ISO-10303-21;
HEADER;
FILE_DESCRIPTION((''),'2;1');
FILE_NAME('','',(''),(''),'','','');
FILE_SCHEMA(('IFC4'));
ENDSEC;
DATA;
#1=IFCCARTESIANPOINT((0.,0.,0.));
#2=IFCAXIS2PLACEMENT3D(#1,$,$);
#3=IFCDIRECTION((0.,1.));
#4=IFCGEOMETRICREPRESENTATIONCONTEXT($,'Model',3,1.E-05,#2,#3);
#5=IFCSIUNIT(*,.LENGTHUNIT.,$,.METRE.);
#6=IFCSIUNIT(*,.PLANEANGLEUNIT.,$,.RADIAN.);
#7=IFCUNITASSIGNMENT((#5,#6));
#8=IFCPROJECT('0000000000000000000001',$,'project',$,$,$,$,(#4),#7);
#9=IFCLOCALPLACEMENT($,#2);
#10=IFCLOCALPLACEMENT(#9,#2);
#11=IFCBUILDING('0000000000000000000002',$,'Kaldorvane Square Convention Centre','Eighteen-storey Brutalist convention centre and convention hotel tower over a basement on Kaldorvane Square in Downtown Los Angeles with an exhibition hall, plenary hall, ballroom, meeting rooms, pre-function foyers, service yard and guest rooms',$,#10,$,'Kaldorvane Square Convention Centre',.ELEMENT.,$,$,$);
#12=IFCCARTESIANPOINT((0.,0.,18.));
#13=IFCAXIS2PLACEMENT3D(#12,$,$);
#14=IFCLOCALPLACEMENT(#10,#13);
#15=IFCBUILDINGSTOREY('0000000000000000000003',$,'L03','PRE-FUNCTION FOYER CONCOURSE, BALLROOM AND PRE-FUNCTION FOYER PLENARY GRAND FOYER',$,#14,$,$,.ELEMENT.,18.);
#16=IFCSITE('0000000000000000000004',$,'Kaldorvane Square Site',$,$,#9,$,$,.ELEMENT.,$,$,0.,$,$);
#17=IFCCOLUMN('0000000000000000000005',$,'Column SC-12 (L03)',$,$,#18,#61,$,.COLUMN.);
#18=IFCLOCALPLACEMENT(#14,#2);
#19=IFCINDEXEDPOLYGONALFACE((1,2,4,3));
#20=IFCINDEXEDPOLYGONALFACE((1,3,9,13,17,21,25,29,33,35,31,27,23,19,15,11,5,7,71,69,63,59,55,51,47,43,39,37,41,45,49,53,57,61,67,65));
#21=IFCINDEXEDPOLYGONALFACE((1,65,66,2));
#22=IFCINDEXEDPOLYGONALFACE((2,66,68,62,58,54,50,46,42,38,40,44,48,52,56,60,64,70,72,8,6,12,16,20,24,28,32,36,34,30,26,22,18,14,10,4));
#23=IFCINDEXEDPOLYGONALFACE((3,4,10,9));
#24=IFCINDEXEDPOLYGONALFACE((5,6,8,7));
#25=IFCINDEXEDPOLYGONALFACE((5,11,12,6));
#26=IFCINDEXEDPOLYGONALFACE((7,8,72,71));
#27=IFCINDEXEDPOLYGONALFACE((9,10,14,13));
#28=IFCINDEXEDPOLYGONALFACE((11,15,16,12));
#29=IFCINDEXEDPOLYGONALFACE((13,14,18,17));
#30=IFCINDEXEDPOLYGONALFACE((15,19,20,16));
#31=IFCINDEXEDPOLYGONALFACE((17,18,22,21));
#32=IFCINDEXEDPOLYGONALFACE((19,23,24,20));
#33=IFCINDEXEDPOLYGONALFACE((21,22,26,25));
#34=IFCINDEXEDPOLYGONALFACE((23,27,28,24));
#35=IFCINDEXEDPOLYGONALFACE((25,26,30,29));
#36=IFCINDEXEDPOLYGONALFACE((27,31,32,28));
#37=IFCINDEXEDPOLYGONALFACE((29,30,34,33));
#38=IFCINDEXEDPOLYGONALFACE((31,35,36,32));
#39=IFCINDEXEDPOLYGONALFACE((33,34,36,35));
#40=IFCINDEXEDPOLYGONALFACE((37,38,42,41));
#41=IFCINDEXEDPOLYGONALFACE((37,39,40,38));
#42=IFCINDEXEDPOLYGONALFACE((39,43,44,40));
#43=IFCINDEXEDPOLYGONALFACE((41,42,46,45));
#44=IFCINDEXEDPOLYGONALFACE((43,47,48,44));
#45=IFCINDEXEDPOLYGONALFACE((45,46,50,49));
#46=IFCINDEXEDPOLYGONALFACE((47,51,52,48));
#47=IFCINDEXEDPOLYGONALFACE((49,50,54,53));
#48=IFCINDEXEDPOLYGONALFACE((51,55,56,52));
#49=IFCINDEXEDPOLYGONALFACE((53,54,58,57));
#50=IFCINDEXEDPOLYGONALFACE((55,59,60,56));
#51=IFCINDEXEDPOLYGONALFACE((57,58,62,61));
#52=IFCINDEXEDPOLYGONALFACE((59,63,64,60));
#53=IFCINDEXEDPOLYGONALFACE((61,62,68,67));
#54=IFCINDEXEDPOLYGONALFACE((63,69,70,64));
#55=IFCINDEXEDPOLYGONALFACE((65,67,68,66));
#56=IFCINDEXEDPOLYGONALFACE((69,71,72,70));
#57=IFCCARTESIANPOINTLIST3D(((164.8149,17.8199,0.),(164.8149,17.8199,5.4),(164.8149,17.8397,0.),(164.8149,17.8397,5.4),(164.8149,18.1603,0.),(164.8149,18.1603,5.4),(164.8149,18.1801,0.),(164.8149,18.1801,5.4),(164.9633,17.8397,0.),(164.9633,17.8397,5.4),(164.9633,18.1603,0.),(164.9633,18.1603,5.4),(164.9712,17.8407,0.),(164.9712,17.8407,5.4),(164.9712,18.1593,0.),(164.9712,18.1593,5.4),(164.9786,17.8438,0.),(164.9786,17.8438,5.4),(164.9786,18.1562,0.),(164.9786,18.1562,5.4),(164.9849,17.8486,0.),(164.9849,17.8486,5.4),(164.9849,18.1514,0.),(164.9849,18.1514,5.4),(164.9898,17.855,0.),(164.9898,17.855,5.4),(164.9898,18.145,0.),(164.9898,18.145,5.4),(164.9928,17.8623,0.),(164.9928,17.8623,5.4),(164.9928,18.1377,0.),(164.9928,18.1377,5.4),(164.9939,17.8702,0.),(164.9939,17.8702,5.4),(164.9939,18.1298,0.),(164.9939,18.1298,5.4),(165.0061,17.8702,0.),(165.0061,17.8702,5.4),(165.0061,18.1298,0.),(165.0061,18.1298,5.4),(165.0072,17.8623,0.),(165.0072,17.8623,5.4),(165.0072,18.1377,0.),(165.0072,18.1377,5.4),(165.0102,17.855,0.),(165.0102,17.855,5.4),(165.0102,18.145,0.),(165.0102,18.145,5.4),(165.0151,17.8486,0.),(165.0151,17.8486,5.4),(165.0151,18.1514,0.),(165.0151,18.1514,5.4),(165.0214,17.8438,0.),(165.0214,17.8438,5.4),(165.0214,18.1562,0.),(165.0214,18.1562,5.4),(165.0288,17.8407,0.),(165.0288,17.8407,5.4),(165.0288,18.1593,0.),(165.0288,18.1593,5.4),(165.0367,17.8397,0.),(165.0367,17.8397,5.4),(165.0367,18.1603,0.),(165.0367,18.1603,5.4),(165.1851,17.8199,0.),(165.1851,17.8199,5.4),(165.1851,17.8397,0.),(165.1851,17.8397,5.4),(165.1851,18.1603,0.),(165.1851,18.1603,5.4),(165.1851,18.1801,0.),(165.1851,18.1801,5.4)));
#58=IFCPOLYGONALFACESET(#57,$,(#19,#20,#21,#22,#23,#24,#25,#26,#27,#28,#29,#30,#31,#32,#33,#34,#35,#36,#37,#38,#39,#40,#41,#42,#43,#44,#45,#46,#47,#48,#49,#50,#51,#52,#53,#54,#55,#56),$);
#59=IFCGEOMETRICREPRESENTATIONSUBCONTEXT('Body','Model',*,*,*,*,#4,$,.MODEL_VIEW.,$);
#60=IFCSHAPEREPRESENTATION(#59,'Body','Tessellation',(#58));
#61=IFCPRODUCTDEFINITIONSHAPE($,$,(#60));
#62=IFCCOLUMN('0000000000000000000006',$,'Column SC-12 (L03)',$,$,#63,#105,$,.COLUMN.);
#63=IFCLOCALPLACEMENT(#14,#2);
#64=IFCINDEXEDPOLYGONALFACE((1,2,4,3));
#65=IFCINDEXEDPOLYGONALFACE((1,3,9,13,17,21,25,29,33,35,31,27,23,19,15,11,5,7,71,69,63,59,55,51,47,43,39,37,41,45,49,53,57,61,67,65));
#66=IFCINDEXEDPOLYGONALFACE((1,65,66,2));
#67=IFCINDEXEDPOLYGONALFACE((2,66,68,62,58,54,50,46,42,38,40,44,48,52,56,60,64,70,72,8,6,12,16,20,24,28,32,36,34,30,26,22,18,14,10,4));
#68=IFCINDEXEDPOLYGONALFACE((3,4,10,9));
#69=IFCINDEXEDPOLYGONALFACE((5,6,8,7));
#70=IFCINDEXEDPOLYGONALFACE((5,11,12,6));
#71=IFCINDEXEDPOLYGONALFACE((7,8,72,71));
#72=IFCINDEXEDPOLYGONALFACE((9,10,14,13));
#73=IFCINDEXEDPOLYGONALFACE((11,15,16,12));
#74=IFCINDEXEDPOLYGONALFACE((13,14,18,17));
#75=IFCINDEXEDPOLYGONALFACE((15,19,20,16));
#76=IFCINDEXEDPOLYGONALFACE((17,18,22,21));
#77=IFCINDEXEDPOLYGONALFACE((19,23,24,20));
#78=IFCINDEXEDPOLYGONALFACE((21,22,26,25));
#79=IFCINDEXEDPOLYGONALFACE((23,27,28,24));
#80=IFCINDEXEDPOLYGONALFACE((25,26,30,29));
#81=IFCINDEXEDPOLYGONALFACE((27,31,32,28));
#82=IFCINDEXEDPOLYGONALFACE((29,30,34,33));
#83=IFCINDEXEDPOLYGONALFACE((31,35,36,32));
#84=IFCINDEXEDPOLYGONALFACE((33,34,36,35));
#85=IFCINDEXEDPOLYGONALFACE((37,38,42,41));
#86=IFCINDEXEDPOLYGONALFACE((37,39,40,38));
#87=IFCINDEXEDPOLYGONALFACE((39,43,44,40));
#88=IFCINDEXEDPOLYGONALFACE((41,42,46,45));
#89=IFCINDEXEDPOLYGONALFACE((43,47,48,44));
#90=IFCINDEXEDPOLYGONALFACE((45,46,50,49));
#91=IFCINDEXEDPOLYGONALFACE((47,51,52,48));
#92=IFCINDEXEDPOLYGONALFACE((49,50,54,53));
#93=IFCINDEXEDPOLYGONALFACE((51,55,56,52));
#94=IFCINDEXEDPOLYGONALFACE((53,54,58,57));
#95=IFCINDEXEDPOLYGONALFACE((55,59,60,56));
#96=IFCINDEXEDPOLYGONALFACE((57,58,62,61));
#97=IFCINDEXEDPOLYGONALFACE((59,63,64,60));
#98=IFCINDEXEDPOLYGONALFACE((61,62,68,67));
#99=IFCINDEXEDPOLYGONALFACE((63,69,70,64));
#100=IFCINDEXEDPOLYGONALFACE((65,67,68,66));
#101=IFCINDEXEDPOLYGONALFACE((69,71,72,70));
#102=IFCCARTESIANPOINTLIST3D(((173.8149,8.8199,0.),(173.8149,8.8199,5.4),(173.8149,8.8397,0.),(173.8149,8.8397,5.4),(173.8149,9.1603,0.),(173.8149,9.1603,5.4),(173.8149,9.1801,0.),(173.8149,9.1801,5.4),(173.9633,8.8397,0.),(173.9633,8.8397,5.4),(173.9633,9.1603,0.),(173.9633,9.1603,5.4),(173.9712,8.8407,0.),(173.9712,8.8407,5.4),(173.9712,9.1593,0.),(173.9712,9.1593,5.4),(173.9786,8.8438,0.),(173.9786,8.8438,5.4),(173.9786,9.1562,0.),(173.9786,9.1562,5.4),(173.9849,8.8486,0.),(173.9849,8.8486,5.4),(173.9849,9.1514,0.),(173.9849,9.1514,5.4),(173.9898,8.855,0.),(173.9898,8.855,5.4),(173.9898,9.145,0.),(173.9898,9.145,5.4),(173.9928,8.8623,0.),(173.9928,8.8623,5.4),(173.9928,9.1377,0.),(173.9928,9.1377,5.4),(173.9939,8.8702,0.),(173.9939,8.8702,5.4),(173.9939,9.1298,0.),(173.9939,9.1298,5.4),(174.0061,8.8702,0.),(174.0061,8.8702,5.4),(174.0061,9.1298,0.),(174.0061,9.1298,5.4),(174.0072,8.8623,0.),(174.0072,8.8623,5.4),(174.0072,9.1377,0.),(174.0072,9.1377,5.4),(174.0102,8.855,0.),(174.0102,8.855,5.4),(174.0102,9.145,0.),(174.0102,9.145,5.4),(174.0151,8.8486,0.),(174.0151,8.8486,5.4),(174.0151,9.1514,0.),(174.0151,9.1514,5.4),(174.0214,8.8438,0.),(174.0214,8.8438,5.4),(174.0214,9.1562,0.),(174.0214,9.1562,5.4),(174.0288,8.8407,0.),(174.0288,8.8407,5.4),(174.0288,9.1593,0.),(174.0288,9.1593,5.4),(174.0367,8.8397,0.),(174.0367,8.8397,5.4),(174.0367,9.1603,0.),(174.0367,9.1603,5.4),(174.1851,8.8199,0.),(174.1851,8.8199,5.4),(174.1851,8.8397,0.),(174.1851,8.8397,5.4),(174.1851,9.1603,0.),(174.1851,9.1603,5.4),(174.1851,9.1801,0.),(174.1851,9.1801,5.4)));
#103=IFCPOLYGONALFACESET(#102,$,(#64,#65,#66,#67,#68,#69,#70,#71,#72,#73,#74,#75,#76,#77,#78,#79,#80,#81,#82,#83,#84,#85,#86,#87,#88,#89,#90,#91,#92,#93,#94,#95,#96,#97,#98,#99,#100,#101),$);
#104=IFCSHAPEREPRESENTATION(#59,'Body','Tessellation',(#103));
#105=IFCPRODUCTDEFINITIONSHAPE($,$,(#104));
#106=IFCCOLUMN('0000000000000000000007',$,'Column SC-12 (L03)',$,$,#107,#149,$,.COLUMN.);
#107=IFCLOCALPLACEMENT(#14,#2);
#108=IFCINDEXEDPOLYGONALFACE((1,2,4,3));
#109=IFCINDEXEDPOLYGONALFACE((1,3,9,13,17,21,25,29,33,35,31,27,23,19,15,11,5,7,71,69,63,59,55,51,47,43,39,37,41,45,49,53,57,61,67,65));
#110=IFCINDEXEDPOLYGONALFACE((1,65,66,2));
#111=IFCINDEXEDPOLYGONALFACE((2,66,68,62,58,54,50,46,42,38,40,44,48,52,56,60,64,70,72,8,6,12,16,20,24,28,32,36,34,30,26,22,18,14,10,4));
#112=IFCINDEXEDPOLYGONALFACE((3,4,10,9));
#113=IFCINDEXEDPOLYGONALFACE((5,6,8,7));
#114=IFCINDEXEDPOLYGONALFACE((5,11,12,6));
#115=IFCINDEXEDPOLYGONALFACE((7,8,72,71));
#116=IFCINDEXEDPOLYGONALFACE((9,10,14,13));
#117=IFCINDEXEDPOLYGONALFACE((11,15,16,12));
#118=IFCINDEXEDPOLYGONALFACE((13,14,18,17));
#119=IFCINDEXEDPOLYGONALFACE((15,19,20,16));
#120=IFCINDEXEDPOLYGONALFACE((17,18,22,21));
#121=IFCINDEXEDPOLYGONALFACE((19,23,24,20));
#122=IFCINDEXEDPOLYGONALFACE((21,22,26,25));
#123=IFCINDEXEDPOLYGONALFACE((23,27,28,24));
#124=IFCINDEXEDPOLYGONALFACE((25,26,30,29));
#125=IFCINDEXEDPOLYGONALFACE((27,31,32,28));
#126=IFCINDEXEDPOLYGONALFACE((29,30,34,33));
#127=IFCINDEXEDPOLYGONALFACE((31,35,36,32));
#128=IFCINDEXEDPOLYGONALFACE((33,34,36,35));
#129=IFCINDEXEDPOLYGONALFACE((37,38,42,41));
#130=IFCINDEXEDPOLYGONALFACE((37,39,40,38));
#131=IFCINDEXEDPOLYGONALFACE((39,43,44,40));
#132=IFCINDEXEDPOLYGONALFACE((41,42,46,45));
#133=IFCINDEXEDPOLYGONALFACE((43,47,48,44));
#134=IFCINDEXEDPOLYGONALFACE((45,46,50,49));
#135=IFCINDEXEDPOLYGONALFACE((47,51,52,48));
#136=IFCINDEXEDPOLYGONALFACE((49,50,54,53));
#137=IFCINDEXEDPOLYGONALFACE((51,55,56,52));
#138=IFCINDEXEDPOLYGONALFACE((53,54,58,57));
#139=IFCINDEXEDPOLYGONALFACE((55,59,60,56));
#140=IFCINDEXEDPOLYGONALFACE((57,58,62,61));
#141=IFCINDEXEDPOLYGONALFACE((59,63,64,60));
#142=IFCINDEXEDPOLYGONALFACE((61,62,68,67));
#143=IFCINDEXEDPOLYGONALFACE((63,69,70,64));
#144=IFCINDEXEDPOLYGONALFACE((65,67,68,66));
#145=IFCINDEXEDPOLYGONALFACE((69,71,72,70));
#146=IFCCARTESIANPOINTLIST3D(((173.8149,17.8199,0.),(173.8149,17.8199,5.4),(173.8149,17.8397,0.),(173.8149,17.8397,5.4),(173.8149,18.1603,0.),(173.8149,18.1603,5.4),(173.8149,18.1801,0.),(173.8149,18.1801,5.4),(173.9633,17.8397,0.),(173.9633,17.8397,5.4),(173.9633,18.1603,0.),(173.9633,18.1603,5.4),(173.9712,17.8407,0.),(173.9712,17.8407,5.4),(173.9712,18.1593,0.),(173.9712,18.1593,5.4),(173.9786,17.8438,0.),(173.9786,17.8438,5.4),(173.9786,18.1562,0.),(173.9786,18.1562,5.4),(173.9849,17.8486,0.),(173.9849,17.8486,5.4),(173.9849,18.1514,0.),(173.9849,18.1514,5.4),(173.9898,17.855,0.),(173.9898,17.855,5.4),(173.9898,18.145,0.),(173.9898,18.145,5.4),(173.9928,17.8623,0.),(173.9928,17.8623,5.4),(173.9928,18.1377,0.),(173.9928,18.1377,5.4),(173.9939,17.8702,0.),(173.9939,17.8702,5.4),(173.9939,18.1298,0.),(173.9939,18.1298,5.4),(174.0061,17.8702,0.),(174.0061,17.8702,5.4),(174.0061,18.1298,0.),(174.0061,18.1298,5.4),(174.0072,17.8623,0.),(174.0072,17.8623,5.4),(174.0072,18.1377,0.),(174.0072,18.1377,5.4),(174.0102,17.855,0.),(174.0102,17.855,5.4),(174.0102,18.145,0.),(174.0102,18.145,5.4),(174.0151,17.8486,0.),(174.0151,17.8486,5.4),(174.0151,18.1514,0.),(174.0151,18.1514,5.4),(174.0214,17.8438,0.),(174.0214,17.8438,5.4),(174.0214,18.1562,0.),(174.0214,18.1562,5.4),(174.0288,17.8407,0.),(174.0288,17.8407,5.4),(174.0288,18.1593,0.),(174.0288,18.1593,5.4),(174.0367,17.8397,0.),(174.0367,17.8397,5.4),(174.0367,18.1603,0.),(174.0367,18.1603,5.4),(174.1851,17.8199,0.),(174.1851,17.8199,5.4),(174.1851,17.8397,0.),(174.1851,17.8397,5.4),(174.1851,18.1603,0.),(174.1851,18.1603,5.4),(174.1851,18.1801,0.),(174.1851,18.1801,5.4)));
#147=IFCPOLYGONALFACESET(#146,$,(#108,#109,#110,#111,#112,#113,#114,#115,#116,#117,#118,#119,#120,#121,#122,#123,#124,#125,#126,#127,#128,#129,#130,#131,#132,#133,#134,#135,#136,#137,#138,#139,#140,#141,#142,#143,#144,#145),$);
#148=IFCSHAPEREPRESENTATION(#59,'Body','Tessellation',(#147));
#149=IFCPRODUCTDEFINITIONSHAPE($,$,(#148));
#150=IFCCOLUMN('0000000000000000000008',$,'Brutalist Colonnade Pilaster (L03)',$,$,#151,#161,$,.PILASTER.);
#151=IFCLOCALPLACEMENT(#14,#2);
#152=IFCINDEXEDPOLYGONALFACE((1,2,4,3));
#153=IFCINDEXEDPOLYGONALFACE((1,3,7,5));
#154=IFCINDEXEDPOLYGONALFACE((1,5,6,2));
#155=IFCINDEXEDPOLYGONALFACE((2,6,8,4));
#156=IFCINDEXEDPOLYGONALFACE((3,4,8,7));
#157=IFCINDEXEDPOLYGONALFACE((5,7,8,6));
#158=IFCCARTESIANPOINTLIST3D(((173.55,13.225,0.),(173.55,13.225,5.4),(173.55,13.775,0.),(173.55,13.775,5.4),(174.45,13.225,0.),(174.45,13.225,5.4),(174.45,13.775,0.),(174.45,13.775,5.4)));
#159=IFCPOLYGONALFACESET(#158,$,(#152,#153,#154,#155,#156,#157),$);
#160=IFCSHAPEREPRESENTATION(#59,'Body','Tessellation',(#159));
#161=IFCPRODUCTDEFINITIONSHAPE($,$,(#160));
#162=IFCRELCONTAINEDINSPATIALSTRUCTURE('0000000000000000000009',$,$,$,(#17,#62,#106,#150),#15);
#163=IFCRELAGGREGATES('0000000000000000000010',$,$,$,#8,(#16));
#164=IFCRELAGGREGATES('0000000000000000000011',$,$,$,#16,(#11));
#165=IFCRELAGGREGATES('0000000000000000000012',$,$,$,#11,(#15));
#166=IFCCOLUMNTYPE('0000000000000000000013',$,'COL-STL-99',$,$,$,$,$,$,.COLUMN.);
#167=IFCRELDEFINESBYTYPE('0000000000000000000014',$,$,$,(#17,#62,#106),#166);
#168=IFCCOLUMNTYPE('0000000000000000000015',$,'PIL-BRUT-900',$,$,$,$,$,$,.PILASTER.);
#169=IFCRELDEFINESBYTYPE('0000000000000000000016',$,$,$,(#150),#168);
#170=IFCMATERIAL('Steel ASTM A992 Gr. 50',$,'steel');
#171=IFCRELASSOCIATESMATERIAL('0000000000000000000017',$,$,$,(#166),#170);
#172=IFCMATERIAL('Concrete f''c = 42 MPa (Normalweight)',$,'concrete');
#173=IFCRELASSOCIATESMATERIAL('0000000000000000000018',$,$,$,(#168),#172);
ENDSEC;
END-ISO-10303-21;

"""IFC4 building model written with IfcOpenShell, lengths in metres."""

from ifc_helpers import new_model, si_unit, direction, frame, origin, origin_2d, place, context, subcontext, project, spatial, rectangle, i_section, extrude, material, material_profile, profile_set, type_object, element, save


model = new_model("IFC4")

# Units and contexts
model_context = context("Model", 3, precision=1e-05, world=origin(), true_north=direction((0.0, 1.0)))
body_context = subcontext(model_context, "Body", "Model", "MODEL_VIEW")
ifc_project = project(units=[si_unit("LENGTHUNIT", "METRE"), si_unit("PLANEANGLEUNIT", "RADIAN")], contexts=[model_context])

# Site, building, storey
site_placement = place(None, origin())
site = spatial("IfcSite", under=ifc_project, at=site_placement, Name="Kaldorvane Square Site", CompositionType="ELEMENT", RefElevation=0.0)
building_placement = place(site_placement, origin())
building = spatial("IfcBuilding", under=site, at=building_placement, Name="Kaldorvane Square Convention Centre", Description="Eighteen-storey Brutalist convention centre and convention hotel tower over a basement on Kaldorvane Square in Downtown Los Angeles with an exhibition hall, plenary hall, ballroom, meeting rooms, pre-function foyers, service yard and guest rooms", LongName="Kaldorvane Square Convention Centre", CompositionType="ELEMENT")
storey_placement = place(building_placement, frame((0.0, 0.0, 18.0)))
storey = spatial("IfcBuildingStorey", under=building, at=storey_placement, Name="L03", Description="PRE-FUNCTION FOYER CONCOURSE, BALLROOM AND PRE-FUNCTION FOYER PLENARY GRAND FOYER", CompositionType="ELEMENT", Elevation=18.0)

# Columns
ifc_material_1 = material(Name="Steel ASTM A992 Gr. 50", Category="steel")
ifc_material_profile_1 = material_profile(ifc_material_1, i_section(OverallWidth=0.3701, OverallDepth=0.3602, WebThickness=0.0123, FlangeThickness=0.0198, FilletRadius=0.0305, at=origin_2d()), Name="W14X99")
ifc_profile_set_1 = profile_set([ifc_material_profile_1], Name="Steel ASTM A992 Gr. 50")
column_type_1 = type_object("IfcColumnType", Name="COL-STL-99", PredefinedType="COLUMN", material=ifc_profile_set_1)
for number, where, z_axis, x_axis, name in (
    (1, (165.0, 18.0, 0.0), (0.0, 0.0, 1.0), (1.0, 0.0, 0.0), "Column SC-12 (L03)"),
    (2, (174.0, 9.0, 0.0), (0.0, 0.0, 1.0), (1.0, 0.0, 0.0), "Column SC-12 (L03)"),
    (3, (174.0, 18.0, 0.0), (0.0, 0.0, 1.0), (1.0, 0.0, 0.0), "Column SC-12 (L03)"),
):
    element("IfcColumn", number, at=place(storey_placement, frame(where, z_axis=z_axis, x_axis=x_axis)), inside=storey, type_object=column_type_1, Name=name, PredefinedType="COLUMN", context=body_context, shape_type="SweptSolid", body=[
        extrude(i_section(OverallWidth=0.3701, OverallDepth=0.3602, WebThickness=0.0123, FlangeThickness=0.0198, FilletRadius=0.0305, at=origin_2d()), origin(), (0.0, 0.0, 1.0), 5.4),
    ])
ifc_material_2 = material(Name="Concrete f'c = 42 MPa (Normalweight)", Category="concrete")
ifc_material_profile_2 = material_profile(ifc_material_2, rectangle(XDim=0.55, YDim=0.9, at=origin_2d()), Name="PIL900X550")
ifc_profile_set_2 = profile_set([ifc_material_profile_2], Name="Concrete f'c = 42 MPa (Normalweight)")
column_type_2 = type_object("IfcColumnType", Name="PIL-BRUT-900", PredefinedType="PILASTER", material=ifc_profile_set_2)
column_placement = place(storey_placement, frame((174.0, 13.5, 0.0), z_axis=(0.0, 0.0, 1.0), x_axis=(0.0, 1.0, 0.0)))
element("IfcColumn", 4, at=column_placement, inside=storey, type_object=column_type_2, Name="Brutalist Colonnade Pilaster (L03)", PredefinedType="PILASTER", context=body_context, shape_type="SweptSolid", body=[
    extrude(rectangle(XDim=0.55, YDim=0.9, at=origin_2d()), origin(), (0.0, 0.0, 1.0), 5.4),
])

save(model, "model.ifc")
